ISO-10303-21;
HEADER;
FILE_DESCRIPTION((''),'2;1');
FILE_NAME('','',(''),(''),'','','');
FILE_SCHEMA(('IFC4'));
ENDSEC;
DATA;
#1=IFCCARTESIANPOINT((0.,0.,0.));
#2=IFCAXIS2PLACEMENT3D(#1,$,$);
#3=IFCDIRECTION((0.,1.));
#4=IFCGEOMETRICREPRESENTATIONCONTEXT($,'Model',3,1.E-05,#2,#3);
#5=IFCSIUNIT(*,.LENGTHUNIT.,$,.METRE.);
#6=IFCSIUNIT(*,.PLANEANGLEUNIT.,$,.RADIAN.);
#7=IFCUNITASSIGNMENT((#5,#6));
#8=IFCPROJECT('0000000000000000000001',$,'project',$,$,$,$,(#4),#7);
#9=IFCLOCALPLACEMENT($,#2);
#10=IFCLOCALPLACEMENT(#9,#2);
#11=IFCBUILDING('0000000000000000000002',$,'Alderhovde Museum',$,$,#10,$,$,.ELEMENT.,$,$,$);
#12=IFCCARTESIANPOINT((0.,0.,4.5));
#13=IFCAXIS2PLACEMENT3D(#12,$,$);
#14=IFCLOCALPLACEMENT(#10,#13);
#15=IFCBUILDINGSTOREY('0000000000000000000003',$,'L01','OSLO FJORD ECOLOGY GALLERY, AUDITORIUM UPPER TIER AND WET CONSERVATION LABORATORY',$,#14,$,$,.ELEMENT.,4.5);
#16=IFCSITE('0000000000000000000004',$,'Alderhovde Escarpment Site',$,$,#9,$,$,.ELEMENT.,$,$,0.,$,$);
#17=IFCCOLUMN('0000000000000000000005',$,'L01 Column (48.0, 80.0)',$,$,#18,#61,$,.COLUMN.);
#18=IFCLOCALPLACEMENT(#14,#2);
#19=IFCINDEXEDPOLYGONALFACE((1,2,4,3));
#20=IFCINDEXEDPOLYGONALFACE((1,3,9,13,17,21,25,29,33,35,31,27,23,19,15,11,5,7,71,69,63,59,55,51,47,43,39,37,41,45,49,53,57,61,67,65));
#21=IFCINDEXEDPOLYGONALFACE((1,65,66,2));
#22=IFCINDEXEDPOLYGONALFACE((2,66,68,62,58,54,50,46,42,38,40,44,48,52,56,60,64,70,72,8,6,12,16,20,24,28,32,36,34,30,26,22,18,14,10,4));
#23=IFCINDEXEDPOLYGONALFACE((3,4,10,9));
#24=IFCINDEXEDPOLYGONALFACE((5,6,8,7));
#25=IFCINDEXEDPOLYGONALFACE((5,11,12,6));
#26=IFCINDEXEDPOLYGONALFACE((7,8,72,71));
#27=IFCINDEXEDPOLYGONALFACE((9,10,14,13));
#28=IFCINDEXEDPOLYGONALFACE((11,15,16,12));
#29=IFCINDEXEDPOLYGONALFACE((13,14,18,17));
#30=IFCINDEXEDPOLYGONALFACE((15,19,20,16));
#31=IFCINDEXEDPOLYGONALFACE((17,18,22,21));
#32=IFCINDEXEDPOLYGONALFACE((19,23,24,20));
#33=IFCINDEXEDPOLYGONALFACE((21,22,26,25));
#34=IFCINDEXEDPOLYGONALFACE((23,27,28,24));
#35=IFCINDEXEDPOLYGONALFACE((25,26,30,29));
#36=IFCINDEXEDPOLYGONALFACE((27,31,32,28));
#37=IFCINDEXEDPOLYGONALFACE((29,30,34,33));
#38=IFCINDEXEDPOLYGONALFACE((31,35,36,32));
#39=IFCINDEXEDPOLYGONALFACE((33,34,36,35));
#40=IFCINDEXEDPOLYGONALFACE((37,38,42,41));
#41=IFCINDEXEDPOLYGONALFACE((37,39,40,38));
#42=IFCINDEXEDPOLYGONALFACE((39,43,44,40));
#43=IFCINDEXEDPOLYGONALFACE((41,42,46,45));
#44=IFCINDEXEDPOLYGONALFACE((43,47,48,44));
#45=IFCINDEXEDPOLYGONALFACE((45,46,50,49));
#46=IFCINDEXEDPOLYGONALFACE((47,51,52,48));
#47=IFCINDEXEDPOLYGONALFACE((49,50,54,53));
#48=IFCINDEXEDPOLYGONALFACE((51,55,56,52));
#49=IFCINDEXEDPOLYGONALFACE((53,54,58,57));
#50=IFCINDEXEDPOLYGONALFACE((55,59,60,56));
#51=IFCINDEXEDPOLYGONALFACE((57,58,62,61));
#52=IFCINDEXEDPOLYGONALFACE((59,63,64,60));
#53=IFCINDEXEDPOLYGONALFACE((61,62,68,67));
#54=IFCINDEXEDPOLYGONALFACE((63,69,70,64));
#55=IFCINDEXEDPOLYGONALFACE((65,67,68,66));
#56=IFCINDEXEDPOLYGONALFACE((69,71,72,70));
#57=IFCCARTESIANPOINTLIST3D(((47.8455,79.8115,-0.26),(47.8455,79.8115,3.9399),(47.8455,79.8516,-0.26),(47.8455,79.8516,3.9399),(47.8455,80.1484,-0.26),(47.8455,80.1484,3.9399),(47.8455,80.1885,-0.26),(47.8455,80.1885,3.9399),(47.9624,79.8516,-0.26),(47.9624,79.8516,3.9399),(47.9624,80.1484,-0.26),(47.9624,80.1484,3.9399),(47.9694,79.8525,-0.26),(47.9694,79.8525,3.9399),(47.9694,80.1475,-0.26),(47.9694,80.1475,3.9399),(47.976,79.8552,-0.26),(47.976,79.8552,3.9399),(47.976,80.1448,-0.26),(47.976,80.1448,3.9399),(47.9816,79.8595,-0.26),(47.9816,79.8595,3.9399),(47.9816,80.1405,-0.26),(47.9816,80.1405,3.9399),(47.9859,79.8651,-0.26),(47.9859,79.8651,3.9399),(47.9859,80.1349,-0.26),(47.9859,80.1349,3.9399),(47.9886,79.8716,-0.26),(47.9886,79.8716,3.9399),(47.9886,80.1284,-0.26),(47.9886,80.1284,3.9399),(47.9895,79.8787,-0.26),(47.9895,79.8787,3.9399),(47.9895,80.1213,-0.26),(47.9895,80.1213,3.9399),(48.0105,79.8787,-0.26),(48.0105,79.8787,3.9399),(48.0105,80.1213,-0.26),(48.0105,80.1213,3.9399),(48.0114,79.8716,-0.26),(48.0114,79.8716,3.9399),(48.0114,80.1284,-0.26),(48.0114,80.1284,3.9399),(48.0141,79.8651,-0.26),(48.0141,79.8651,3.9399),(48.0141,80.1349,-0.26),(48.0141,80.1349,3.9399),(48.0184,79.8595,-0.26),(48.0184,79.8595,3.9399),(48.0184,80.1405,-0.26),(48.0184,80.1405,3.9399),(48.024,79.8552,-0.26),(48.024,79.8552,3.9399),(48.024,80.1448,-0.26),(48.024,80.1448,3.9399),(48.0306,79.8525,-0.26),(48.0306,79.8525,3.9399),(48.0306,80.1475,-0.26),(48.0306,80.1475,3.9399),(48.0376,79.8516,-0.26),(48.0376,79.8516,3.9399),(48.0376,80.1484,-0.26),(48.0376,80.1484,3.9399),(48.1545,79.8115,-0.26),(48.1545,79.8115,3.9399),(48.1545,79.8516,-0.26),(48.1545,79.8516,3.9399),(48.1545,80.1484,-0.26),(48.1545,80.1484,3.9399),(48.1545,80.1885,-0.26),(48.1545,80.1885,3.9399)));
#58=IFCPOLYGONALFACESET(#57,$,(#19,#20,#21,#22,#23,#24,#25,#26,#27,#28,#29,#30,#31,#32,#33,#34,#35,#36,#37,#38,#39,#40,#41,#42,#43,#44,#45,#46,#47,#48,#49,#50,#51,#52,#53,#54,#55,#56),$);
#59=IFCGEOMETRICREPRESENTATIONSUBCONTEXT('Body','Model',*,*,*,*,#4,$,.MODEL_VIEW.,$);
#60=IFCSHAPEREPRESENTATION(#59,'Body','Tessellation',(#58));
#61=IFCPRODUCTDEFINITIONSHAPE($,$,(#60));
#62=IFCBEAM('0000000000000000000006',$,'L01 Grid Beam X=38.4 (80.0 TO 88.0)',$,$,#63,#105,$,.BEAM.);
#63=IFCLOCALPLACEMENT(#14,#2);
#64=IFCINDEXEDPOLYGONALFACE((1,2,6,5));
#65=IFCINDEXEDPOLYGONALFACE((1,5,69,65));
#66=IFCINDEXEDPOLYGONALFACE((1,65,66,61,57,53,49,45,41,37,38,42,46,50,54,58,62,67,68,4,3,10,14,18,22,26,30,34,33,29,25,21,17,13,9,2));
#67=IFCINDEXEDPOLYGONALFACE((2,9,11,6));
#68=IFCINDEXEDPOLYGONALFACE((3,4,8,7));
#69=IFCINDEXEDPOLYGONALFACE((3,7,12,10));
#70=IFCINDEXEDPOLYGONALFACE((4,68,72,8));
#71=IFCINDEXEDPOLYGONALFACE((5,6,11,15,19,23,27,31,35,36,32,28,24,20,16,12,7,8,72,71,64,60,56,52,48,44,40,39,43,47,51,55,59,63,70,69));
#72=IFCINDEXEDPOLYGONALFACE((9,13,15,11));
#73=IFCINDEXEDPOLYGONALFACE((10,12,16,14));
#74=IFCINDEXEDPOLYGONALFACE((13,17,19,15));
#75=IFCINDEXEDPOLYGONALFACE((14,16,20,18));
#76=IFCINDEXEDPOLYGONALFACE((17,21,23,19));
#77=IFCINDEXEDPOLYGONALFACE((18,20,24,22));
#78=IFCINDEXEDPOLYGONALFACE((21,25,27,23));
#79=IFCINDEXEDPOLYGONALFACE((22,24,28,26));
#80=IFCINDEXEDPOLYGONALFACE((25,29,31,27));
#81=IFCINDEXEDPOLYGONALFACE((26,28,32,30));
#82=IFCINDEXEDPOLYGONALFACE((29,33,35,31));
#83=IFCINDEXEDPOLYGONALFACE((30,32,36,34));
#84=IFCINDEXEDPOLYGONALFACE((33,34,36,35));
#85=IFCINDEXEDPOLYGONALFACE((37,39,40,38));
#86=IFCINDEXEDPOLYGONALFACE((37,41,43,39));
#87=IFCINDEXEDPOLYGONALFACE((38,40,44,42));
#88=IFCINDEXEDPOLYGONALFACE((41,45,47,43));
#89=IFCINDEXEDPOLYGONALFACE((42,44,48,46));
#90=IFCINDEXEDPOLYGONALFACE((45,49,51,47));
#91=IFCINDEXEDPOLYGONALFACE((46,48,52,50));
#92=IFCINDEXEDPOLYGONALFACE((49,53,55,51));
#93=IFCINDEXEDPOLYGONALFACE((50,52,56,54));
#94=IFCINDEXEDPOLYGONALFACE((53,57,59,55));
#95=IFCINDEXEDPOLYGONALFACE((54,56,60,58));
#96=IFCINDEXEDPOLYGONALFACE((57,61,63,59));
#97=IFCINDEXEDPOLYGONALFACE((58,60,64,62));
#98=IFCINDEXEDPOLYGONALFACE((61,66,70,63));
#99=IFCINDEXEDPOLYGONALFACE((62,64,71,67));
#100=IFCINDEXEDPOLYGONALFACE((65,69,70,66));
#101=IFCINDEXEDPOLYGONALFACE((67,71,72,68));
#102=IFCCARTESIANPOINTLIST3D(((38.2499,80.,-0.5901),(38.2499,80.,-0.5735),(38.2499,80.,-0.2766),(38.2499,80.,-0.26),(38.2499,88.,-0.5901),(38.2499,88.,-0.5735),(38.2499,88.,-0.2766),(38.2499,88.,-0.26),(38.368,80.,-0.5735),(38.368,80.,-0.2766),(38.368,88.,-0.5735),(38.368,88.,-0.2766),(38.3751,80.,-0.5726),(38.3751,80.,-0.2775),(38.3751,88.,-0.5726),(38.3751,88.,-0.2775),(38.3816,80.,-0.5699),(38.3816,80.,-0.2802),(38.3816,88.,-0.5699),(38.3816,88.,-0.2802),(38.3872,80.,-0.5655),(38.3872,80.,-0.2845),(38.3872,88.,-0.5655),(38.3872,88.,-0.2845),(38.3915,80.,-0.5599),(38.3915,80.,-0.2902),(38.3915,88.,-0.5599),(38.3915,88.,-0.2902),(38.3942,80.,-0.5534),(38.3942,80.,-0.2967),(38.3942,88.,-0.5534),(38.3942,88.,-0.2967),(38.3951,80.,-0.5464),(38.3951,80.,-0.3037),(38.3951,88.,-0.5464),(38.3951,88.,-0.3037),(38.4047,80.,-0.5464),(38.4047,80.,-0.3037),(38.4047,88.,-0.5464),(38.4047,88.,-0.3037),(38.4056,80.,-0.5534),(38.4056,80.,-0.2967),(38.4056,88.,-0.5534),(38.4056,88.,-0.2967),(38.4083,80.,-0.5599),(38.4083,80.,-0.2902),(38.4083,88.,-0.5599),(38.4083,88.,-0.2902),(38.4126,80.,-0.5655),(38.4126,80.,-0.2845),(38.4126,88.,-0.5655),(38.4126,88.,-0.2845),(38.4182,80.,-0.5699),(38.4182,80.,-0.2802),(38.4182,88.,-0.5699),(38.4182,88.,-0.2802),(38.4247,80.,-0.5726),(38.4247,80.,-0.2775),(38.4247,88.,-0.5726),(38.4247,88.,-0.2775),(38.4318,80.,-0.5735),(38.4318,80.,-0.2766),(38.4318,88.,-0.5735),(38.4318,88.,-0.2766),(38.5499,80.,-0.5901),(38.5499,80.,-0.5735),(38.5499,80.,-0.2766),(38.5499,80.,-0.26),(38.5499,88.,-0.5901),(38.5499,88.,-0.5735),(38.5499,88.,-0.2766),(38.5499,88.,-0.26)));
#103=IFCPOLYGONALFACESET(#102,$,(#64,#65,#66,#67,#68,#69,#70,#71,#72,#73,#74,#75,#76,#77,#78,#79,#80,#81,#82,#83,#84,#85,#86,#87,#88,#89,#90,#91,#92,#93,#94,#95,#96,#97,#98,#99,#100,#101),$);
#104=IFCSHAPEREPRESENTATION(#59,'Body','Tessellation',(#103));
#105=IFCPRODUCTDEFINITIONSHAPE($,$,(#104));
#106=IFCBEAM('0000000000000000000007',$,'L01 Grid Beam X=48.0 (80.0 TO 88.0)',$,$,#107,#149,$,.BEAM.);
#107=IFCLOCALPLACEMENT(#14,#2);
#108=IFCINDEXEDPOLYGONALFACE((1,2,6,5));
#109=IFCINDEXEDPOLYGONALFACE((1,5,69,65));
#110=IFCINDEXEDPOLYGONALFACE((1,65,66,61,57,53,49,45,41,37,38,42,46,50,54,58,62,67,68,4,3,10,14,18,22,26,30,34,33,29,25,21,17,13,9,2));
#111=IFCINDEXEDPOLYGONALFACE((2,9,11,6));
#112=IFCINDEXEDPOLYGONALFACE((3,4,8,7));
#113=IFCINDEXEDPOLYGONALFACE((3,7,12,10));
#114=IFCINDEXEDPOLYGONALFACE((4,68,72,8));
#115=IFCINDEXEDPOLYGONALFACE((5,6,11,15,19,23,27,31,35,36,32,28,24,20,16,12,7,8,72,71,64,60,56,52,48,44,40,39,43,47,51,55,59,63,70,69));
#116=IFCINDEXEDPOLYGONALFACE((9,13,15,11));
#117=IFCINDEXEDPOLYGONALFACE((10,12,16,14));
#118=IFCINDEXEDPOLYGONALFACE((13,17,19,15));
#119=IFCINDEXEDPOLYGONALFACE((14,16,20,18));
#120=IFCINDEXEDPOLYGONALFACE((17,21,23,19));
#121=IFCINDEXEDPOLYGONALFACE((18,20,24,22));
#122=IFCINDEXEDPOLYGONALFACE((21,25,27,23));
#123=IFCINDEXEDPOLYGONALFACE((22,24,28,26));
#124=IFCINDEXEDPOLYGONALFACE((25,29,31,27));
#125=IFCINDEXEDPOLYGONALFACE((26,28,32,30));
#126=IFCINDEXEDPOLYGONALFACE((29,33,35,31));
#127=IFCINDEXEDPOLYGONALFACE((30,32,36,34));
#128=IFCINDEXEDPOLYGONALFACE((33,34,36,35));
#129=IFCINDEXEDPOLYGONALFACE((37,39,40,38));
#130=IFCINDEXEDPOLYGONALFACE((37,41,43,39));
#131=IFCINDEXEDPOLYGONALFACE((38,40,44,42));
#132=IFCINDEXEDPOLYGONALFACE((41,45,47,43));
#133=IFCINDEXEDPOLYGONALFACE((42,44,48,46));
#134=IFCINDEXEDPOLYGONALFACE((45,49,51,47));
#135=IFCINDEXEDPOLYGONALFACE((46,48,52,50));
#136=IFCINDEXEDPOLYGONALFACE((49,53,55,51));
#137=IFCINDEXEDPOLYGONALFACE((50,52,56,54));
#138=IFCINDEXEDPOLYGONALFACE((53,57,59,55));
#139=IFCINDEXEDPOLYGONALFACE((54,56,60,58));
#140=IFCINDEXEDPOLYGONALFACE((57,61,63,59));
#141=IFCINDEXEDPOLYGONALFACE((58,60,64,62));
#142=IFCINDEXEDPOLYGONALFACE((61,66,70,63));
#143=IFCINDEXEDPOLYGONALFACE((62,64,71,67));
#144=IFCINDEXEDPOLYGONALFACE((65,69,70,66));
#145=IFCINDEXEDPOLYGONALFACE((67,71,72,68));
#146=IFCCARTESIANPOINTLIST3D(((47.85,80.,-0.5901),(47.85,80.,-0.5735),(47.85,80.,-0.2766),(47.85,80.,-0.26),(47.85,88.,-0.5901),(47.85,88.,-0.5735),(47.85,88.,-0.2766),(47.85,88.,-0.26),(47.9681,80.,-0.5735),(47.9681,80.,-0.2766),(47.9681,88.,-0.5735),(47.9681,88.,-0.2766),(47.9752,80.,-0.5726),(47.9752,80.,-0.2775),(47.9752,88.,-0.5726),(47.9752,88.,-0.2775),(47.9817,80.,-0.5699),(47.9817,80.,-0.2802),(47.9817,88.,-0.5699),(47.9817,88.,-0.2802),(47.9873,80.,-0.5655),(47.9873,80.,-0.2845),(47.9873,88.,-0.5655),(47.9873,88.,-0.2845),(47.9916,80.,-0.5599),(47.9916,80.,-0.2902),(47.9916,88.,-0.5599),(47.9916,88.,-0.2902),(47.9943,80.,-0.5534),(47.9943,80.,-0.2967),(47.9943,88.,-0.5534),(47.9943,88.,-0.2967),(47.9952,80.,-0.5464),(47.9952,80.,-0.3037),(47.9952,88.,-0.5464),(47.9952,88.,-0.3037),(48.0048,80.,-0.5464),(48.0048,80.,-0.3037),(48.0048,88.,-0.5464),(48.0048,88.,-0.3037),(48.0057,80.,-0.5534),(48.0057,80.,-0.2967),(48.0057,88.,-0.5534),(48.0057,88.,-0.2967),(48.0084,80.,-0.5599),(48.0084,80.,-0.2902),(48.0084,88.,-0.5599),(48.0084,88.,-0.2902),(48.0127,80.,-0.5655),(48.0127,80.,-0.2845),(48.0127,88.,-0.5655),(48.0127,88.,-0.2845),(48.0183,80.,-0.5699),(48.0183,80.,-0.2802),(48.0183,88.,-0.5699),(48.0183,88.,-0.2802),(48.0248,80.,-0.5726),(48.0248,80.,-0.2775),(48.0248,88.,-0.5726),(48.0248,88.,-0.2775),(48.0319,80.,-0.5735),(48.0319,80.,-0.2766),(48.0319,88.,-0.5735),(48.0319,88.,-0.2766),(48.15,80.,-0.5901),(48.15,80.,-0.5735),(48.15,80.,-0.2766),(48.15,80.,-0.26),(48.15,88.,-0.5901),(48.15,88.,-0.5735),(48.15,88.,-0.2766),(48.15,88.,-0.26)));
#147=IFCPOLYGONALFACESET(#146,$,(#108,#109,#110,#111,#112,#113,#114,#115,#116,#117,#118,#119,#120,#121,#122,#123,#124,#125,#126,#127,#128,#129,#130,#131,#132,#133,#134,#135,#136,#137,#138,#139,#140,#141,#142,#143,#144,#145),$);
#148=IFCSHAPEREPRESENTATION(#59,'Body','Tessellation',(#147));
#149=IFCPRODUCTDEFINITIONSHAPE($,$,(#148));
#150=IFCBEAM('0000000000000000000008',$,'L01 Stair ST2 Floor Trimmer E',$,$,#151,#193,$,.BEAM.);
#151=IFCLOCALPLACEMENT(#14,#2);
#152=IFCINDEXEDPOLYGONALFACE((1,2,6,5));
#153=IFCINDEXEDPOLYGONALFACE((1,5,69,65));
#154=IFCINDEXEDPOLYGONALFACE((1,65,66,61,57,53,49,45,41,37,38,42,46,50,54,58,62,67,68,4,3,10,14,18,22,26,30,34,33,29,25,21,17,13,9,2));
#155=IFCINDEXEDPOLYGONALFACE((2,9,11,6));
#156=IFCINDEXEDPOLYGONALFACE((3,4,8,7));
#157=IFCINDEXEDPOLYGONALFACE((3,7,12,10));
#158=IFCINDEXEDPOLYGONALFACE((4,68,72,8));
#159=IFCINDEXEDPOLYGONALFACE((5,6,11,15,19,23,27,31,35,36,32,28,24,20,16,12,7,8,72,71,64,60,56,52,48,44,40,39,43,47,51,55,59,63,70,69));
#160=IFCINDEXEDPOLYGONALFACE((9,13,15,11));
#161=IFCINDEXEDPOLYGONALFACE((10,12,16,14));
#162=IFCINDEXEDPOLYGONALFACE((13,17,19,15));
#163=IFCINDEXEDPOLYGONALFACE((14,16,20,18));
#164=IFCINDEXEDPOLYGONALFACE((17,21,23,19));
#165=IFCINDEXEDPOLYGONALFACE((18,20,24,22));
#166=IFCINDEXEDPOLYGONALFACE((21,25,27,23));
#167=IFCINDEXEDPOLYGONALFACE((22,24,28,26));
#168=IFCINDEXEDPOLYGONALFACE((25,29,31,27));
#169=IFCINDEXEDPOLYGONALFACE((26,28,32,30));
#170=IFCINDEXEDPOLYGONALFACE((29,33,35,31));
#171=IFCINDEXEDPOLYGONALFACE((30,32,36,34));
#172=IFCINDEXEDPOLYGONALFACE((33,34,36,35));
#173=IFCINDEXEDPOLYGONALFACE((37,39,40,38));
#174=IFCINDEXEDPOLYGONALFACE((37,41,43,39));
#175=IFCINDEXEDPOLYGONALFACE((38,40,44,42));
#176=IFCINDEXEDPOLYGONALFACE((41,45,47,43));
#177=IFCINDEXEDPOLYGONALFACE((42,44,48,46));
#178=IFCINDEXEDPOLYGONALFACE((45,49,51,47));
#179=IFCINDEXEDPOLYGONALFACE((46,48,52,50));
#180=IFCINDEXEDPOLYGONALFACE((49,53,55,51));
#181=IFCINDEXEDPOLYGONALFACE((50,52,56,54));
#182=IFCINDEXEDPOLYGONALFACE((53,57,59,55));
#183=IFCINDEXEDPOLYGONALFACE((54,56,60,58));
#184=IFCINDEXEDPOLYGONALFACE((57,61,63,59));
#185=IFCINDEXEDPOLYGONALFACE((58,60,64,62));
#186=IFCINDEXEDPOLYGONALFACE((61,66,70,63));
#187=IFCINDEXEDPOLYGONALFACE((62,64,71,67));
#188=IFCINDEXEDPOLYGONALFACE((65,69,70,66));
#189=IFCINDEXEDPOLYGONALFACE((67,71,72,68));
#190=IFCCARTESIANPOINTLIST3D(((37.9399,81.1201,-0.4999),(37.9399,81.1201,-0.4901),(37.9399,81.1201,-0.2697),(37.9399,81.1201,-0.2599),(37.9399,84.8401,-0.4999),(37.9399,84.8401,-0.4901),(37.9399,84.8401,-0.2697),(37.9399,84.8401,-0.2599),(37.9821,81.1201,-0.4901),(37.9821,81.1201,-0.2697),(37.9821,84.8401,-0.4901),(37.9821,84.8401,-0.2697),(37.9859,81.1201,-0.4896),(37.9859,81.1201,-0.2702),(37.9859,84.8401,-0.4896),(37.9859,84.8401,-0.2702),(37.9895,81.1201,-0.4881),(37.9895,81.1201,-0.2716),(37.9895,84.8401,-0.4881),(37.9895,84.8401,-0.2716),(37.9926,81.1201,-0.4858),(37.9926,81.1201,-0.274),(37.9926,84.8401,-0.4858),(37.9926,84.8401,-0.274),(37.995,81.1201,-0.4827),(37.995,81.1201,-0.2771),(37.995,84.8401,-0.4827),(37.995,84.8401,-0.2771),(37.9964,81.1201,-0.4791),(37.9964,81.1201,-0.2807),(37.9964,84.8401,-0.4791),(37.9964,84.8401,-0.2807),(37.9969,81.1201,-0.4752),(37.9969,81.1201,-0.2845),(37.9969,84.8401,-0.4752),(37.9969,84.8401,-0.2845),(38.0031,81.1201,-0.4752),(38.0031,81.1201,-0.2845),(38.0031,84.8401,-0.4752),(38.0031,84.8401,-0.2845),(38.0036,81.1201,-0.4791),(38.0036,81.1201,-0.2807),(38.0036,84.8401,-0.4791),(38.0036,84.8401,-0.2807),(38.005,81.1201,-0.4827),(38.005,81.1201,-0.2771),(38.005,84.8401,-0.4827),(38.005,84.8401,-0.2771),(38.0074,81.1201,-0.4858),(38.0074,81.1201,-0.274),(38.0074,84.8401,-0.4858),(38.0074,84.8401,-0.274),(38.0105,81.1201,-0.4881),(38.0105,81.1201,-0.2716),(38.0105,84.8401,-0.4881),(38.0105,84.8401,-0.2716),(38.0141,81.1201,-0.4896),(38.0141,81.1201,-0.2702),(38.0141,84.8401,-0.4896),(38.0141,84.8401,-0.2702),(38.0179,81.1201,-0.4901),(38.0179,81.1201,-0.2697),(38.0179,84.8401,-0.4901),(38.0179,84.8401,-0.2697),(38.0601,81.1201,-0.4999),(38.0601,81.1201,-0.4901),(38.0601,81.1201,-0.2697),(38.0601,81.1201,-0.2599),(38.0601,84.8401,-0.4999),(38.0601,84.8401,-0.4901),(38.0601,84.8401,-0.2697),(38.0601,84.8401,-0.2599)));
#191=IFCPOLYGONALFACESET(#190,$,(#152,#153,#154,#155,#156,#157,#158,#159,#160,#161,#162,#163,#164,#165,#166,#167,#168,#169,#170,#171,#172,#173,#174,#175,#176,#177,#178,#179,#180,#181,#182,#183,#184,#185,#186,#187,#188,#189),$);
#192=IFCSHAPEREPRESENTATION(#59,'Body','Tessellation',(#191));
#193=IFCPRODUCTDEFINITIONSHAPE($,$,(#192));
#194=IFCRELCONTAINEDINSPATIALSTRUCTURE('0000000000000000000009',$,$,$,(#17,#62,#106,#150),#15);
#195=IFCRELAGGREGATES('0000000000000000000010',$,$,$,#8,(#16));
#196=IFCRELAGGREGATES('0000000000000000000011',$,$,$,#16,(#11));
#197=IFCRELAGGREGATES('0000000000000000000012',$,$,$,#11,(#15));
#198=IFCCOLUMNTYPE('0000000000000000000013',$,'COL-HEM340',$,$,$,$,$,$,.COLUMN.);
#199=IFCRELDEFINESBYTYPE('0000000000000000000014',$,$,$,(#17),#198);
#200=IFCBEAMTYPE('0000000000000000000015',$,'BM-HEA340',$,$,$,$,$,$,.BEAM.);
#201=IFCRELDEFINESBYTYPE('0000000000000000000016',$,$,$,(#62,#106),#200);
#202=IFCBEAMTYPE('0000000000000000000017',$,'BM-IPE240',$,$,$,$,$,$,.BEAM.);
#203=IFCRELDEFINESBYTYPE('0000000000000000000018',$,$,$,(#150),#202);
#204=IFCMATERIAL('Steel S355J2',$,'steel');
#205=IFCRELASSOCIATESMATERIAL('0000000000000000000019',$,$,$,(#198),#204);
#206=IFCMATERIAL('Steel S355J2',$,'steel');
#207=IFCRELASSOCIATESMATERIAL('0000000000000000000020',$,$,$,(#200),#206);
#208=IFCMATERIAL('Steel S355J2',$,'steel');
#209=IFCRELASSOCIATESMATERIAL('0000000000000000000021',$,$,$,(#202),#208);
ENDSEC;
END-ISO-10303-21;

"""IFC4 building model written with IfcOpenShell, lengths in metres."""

from ifc_helpers import new_model, si_unit, direction, frame, origin, origin_2d, place, context, subcontext, project, spatial, i_section, extrude, material, material_profile, profile_set, type_object, element, save


model = new_model("IFC4")

# Units and contexts
model_context = context("Model", 3, precision=1e-05, world=origin(), true_north=direction((0.0, 1.0)))
body_context = subcontext(model_context, "Body", "Model", "MODEL_VIEW")
ifc_project = project(units=[si_unit("LENGTHUNIT", "METRE"), si_unit("PLANEANGLEUNIT", "RADIAN")], contexts=[model_context])

# Site, building, storey
site_placement = place(None, origin())
site = spatial("IfcSite", under=ifc_project, at=site_placement, Name="Alderhovde Escarpment Site", CompositionType="ELEMENT", RefElevation=0.0)
building_placement = place(site_placement, origin())
building = spatial("IfcBuilding", under=site, at=building_placement, Name="Alderhovde Museum", CompositionType="ELEMENT")
storey_placement = place(building_placement, frame((0.0, 0.0, 4.5)))
storey = spatial("IfcBuildingStorey", under=building, at=storey_placement, Name="L01", Description="OSLO FJORD ECOLOGY GALLERY, AUDITORIUM UPPER TIER AND WET CONSERVATION LABORATORY", CompositionType="ELEMENT", Elevation=4.5)

# Column
ifc_material_1 = material(Name="Steel S355J2", Category="steel")
ifc_material_profile_1 = material_profile(ifc_material_1, i_section(OverallWidth=0.3091, OverallDepth=0.377, WebThickness=0.021, FlangeThickness=0.04, FilletRadius=0.0271, at=origin_2d()), Name="HEM 340")
ifc_profile_set_1 = profile_set([ifc_material_profile_1], Name="Steel S355J2")
column_type_1 = type_object("IfcColumnType", Name="COL-HEM340", PredefinedType="COLUMN", material=ifc_profile_set_1)
for number, where, z_axis, x_axis, name in (
    (1, (48.0, 80.0, -0.26), (0.0, 0.0, 1.0), (1.0, 0.0, 0.0), "L01 Column (48.0, 80.0)"),
):
    element("IfcColumn", number, at=place(storey_placement, frame(where, z_axis=z_axis, x_axis=x_axis)), inside=storey, type_object=column_type_1, Name=name, PredefinedType="COLUMN", context=body_context, shape_type="SweptSolid", body=[
        extrude(i_section(OverallWidth=0.3091, OverallDepth=0.377, WebThickness=0.021, FlangeThickness=0.04, FilletRadius=0.0271, at=origin_2d()), origin(), (0.0, 0.0, 1.0), 4.2),
    ])

# Beams
ifc_material_2 = material(Name="Steel S355J2", Category="steel")
ifc_material_profile_2 = material_profile(ifc_material_2, i_section(OverallWidth=0.3, OverallDepth=0.3301, WebThickness=0.0095, FlangeThickness=0.0166, FilletRadius=0.0271, at=origin_2d()), Name="HEA 340")
ifc_profile_set_2 = profile_set([ifc_material_profile_2], Name="Steel S355J2")
beam_type_1 = type_object("IfcBeamType", Name="BM-HEA340", PredefinedType="BEAM", material=ifc_profile_set_2)
for number, where, z_axis, x_axis, name in (
    (2, (38.3999, 80.0, -0.425), (0.0, 1.0, 0.0), (-1.0, 0.0, 0.0), "L01 Grid Beam X=38.4 (80.0 TO 88.0)"),
    (3, (48.0, 80.0, -0.425), (0.0, 1.0, 0.0), (-1.0, 0.0, 0.0), "L01 Grid Beam X=48.0 (80.0 TO 88.0)"),
):
    element("IfcBeam", number, at=place(storey_placement, frame(where, z_axis=z_axis, x_axis=x_axis)), inside=storey, type_object=beam_type_1, Name=name, PredefinedType="BEAM", context=body_context, shape_type="SweptSolid", body=[
        extrude(i_section(OverallWidth=0.3, OverallDepth=0.3301, WebThickness=0.0095, FlangeThickness=0.0166, FilletRadius=0.0271, at=origin_2d()), origin(), (0.0, 0.0, 1.0), 8.0),
    ])
ifc_material_3 = material(Name="Steel S355J2", Category="steel")
ifc_material_profile_3 = material_profile(ifc_material_3, i_section(OverallWidth=0.1201, OverallDepth=0.24, WebThickness=0.0061, FlangeThickness=0.0098, FilletRadius=0.0149, at=origin_2d()), Name="IPE 240")
ifc_profile_set_3 = profile_set([ifc_material_profile_3], Name="Steel S355J2")
beam_type_2 = type_object("IfcBeamType", Name="BM-IPE240", PredefinedType="BEAM", material=ifc_profile_set_3)
beam_1_placement = place(storey_placement, frame((38.0, 81.1201, -0.3799), z_axis=(0.0, 1.0, 0.0), x_axis=(-1.0, 0.0, 0.0)))
element("IfcBeam", 4, at=beam_1_placement, inside=storey, type_object=beam_type_2, Name="L01 Stair ST2 Floor Trimmer E", PredefinedType="BEAM", context=body_context, shape_type="SweptSolid", body=[
    extrude(i_section(OverallWidth=0.1201, OverallDepth=0.24, WebThickness=0.0061, FlangeThickness=0.0098, FilletRadius=0.0149, at=origin_2d()), origin(), (0.0, 0.0, 1.0), 3.72),
])

save(model, "model.ifc")
